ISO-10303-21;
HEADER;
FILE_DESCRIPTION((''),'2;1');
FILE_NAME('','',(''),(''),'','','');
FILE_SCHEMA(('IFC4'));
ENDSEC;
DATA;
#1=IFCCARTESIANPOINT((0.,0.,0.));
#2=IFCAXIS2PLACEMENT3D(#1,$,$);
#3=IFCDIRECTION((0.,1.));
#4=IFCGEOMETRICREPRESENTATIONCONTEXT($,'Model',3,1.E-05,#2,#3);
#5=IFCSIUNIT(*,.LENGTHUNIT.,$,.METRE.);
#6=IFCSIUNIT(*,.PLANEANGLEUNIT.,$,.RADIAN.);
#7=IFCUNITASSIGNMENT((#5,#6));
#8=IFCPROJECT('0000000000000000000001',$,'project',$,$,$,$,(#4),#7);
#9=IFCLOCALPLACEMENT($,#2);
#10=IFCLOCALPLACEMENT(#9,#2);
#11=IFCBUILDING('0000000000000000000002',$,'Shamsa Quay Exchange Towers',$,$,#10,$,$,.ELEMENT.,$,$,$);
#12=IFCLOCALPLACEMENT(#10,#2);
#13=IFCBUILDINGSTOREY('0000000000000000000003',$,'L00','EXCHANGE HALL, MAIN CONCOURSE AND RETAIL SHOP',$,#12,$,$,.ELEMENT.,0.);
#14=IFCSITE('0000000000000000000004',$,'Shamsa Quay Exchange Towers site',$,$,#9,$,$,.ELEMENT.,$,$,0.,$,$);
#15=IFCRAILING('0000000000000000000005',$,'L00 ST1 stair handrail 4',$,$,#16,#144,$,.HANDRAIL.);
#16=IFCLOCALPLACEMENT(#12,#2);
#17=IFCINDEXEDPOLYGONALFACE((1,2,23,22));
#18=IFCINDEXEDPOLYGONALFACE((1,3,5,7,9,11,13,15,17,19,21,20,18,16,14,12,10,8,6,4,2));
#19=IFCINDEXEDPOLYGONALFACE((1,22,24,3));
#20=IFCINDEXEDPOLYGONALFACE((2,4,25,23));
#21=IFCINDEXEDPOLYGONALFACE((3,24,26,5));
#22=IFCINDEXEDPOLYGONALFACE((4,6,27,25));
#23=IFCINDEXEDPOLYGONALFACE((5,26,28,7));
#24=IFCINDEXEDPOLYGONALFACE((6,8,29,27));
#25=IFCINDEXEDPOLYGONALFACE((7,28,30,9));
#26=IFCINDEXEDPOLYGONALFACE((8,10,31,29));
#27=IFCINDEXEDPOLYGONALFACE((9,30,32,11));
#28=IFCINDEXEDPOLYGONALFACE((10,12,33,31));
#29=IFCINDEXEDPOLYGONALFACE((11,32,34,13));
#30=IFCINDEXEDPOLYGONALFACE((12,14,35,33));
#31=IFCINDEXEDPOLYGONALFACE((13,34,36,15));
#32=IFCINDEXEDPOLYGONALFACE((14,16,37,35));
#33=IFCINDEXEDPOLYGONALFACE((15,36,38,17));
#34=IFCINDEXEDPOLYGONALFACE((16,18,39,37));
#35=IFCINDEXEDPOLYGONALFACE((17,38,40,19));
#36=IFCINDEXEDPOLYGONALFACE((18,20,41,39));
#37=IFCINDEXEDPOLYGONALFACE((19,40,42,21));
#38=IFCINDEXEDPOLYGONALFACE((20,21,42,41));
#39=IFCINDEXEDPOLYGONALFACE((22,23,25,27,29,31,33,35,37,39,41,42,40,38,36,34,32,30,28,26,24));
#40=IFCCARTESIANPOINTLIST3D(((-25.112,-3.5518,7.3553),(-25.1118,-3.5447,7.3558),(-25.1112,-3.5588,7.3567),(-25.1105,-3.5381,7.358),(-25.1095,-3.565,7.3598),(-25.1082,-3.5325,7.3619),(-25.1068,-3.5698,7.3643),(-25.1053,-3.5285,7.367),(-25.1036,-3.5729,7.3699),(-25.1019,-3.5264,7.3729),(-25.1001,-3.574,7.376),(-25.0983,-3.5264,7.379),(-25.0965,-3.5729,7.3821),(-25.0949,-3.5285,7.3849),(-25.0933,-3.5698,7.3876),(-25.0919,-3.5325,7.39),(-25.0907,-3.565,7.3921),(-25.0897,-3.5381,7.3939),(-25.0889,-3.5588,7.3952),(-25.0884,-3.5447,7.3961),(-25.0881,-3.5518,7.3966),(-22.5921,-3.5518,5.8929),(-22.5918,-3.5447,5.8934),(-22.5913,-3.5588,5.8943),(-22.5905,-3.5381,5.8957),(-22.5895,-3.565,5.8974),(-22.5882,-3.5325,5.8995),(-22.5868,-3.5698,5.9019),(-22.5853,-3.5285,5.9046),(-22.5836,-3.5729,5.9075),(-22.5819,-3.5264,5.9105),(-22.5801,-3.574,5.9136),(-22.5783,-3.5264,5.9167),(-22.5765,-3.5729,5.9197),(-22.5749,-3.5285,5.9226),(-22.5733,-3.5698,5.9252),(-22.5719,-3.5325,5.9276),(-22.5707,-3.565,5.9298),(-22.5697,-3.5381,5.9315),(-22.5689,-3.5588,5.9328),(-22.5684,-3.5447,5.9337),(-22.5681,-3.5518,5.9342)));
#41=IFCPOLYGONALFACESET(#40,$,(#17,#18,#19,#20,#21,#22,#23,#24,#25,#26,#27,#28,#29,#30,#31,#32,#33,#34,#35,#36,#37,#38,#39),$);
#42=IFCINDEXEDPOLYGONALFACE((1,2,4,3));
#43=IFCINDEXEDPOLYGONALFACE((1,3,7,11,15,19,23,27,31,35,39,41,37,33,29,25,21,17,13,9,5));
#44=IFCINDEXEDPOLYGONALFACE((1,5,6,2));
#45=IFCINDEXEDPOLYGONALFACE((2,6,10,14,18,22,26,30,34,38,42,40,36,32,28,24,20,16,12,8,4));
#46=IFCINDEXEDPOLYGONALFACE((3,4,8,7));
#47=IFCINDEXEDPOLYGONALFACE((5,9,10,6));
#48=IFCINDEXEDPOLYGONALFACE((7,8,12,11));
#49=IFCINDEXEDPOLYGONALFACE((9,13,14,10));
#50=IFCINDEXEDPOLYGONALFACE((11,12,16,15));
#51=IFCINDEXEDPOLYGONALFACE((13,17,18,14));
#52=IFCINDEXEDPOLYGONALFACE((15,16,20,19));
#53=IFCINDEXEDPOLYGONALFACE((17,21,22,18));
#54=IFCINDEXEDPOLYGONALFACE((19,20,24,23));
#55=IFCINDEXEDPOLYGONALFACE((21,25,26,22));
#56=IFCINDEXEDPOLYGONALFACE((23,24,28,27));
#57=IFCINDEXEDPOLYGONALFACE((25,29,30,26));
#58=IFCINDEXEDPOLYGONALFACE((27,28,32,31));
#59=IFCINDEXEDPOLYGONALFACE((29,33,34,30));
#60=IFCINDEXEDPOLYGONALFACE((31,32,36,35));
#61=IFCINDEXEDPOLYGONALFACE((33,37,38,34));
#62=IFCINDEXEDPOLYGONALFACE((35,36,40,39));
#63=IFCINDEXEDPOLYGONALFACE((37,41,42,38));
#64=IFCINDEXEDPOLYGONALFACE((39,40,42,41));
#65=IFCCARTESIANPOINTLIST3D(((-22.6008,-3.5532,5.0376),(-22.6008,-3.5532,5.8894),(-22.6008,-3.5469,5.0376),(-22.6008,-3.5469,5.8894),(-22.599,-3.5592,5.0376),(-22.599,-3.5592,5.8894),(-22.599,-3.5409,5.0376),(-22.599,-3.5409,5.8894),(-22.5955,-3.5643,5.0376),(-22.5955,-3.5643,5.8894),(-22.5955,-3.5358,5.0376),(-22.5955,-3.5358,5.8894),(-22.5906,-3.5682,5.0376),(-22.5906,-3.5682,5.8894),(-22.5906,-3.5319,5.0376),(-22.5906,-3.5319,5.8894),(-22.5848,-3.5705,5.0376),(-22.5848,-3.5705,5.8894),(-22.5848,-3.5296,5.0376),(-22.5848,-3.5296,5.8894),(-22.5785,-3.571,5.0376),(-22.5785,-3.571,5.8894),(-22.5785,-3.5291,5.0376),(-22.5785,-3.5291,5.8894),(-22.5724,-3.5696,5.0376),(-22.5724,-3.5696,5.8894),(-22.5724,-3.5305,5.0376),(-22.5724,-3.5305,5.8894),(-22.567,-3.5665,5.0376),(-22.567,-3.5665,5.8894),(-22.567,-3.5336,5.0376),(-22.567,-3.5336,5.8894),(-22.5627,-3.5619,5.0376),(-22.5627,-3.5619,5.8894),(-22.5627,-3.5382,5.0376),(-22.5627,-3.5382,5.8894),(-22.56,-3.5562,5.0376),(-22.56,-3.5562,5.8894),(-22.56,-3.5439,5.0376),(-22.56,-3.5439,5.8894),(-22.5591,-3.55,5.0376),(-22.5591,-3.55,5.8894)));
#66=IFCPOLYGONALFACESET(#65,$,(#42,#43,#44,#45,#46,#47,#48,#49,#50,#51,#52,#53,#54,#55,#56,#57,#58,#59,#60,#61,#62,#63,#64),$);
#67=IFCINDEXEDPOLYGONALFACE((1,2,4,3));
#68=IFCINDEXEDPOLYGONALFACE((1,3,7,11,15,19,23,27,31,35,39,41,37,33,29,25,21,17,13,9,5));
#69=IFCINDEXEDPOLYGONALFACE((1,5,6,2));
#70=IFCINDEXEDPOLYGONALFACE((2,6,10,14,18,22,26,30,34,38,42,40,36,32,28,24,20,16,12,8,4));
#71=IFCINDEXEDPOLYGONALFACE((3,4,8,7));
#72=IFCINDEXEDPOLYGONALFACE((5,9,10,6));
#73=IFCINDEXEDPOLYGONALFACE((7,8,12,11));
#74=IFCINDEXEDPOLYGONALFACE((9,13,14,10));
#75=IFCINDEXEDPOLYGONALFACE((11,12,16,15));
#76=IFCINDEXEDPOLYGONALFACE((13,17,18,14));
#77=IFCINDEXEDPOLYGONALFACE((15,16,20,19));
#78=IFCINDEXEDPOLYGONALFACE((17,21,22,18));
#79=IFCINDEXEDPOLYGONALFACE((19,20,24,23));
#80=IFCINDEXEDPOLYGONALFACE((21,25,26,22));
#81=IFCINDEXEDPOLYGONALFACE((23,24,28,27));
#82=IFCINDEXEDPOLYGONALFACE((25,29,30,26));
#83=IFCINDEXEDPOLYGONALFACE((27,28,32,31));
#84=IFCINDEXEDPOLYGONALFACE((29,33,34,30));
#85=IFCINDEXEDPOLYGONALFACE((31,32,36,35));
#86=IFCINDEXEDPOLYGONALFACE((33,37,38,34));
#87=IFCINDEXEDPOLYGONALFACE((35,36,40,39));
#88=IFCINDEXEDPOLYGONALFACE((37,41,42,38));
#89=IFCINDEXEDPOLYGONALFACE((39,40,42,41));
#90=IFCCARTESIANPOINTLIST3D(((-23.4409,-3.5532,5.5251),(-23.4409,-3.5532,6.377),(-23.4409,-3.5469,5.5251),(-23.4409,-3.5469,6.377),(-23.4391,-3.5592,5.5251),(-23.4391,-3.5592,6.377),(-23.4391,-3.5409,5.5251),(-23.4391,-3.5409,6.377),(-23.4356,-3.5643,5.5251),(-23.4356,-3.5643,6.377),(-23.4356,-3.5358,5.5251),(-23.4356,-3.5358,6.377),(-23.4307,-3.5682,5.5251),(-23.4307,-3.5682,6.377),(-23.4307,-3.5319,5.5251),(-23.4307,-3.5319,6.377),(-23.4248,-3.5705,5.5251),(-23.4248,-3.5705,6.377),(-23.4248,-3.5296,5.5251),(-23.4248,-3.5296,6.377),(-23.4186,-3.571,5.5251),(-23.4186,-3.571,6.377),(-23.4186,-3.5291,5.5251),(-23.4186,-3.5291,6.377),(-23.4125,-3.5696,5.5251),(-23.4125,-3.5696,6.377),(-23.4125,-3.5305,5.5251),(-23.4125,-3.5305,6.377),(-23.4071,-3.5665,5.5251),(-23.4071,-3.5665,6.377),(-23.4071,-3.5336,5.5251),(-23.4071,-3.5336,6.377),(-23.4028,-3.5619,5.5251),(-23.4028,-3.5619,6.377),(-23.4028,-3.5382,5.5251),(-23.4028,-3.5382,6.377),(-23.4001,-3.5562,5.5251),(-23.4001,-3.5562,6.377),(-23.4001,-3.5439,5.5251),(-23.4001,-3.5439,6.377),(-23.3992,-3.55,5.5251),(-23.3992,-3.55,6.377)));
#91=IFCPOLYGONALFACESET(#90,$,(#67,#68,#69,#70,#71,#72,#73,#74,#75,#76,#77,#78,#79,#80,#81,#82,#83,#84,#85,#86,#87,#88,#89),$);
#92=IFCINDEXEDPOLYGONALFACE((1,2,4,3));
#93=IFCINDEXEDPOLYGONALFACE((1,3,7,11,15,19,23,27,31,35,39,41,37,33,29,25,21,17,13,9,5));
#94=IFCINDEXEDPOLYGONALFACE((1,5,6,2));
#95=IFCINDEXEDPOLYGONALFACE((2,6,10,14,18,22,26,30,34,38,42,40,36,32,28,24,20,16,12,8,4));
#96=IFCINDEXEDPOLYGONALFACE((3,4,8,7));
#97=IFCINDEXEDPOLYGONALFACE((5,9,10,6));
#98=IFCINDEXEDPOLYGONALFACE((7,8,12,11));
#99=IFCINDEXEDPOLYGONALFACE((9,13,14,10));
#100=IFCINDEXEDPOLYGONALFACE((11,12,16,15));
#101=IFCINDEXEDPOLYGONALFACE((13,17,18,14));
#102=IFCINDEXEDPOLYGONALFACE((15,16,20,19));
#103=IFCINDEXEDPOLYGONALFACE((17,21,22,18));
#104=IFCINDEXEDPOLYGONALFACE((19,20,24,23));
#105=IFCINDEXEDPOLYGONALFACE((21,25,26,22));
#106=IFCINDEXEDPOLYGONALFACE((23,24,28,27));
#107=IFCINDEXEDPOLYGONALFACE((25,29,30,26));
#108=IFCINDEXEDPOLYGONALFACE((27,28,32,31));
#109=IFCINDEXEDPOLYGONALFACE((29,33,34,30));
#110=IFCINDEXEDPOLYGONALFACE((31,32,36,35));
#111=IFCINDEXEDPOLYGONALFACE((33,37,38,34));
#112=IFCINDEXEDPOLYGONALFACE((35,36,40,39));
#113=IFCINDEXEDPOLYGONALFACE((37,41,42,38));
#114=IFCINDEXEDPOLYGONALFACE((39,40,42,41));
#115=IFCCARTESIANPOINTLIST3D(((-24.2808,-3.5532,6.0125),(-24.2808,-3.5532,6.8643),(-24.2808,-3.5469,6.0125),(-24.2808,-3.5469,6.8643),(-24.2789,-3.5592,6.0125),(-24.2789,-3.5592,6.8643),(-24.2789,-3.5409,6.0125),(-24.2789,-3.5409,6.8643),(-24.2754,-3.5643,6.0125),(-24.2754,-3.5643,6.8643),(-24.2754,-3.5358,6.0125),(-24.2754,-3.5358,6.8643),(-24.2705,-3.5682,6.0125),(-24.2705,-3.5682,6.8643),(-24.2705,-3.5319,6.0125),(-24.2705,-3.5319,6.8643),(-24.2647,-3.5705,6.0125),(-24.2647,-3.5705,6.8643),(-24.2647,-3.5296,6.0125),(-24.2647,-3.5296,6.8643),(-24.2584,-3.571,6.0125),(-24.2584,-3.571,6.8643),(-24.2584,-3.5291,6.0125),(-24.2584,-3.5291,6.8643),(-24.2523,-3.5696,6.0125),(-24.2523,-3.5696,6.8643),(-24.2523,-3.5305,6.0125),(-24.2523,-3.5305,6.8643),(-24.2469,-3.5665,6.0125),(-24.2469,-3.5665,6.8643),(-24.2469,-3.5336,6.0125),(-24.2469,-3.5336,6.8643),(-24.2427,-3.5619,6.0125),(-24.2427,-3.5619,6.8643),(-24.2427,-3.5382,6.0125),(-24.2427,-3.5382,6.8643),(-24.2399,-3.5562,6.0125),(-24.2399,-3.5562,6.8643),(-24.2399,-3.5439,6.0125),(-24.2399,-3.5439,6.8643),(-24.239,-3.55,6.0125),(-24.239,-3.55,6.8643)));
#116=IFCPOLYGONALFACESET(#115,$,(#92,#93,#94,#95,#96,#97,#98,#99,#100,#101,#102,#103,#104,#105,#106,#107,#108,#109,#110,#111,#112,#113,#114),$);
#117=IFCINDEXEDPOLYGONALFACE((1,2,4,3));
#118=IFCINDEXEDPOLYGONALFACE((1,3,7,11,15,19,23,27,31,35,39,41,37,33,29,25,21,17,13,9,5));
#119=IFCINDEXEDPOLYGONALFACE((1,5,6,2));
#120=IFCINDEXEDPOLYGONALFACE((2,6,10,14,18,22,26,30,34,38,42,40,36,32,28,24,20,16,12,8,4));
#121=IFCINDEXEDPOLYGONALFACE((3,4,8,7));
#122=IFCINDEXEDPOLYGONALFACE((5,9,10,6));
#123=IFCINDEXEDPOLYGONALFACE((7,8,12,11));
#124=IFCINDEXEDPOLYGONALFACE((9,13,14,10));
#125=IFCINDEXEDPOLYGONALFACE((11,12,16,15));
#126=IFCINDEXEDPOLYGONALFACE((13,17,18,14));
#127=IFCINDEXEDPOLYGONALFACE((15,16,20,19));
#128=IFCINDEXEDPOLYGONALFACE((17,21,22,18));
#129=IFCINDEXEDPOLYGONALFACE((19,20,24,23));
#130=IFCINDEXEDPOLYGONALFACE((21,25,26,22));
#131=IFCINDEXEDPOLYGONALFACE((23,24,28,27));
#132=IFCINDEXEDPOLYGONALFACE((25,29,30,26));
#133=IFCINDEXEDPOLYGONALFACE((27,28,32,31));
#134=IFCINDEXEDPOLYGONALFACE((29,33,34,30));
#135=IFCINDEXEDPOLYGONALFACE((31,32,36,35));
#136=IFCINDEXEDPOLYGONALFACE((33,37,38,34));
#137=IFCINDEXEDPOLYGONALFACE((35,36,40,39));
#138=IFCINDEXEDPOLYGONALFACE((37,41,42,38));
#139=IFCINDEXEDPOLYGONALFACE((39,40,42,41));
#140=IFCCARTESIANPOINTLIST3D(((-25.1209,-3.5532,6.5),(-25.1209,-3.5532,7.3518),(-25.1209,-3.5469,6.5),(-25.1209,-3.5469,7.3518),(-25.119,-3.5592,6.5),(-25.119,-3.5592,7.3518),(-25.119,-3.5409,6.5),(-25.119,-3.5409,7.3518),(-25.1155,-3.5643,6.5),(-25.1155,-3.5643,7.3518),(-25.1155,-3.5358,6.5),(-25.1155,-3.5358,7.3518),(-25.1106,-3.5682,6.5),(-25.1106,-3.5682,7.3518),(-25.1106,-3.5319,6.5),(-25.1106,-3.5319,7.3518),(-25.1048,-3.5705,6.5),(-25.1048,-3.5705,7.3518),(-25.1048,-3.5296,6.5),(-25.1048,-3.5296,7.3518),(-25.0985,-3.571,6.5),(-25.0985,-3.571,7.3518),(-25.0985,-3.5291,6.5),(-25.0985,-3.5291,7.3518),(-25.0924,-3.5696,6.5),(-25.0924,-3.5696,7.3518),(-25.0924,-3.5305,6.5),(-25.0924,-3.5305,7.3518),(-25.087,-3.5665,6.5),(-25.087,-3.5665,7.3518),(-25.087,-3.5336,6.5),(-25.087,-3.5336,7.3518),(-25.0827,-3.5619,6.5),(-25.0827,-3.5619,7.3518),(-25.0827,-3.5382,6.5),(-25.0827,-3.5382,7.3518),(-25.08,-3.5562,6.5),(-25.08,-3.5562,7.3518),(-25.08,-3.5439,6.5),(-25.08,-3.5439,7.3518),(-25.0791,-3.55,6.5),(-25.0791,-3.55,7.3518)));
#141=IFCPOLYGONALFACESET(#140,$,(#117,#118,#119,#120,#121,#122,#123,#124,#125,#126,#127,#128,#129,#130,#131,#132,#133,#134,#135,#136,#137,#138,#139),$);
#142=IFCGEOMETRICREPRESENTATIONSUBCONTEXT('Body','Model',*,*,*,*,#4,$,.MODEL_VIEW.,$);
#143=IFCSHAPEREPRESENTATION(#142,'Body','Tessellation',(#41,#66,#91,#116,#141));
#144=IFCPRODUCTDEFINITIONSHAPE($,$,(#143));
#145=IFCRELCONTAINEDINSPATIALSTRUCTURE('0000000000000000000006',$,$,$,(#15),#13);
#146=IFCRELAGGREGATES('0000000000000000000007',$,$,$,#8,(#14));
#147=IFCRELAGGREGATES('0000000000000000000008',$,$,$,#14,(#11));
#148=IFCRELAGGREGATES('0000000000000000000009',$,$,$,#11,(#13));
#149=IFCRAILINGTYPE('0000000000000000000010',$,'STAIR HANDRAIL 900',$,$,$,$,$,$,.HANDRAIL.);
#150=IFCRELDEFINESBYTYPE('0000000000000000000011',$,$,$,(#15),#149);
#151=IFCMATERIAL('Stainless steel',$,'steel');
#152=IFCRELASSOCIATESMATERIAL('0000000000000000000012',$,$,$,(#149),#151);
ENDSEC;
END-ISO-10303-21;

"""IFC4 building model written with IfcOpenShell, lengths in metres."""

from ifc_helpers import new_model, si_unit, direction, frame, origin, origin_2d, place, context, subcontext, project, spatial, circle, extrude, material, type_object, element, save


model = new_model("IFC4")

# Units and contexts
model_context = context("Model", 3, precision=1e-05, world=origin(), true_north=direction((0.0, 1.0)))
body_context = subcontext(model_context, "Body", "Model", "MODEL_VIEW")
ifc_project = project(units=[si_unit("LENGTHUNIT", "METRE"), si_unit("PLANEANGLEUNIT", "RADIAN")], contexts=[model_context])

# Site, building, storey
site_placement = place(None, origin())
site = spatial("IfcSite", under=ifc_project, at=site_placement, Name="Shamsa Quay Exchange Towers site", CompositionType="ELEMENT", RefElevation=0.0)
building_placement = place(site_placement, origin())
building = spatial("IfcBuilding", under=site, at=building_placement, Name="Shamsa Quay Exchange Towers", CompositionType="ELEMENT")
storey_placement = place(building_placement, origin())
storey = spatial("IfcBuildingStorey", under=building, at=storey_placement, Name="L00", Description="EXCHANGE HALL, MAIN CONCOURSE AND RETAIL SHOP", CompositionType="ELEMENT", Elevation=0.0)

# Railing
ifc_material_1 = material(Name="Stainless steel", Category="steel")
railing_type_1 = type_object("IfcRailingType", Name="STAIR HANDRAIL 900", PredefinedType="HANDRAIL", material=ifc_material_1)
for number, where, name in (
    (1, (-22.5801, -3.55, 5.0376), "L00 ST1 stair handrail 4"),
):
    element("IfcRailing", number, at=place(storey_placement, frame(where)), inside=storey, type_object=railing_type_1, Name=name, PredefinedType="HANDRAIL", context=body_context, shape_type="SweptSolid", body=[
        extrude(circle(Radius=0.0239, at=origin_2d()), frame((0.0, 0.0, 0.876), z_axis=(-0.864913, 0.0, 0.501921), x_axis=(0.0, -1.0, 0.0)), (0.0, 0.0, 1.0), 2.9136),
        extrude(circle(Radius=0.021, at=origin_2d()), origin(), (0.0, 0.0, 1.0), 0.8518),
        extrude(circle(Radius=0.021, at=origin_2d()), frame((-0.8401, 0.0, 0.4875)), (0.0, 0.0, 1.0), 0.8518),
        extrude(circle(Radius=0.021, at=origin_2d()), frame((-1.6799, 0.0, 0.9749)), (0.0, 0.0, 1.0), 0.8518),
        extrude(circle(Radius=0.021, at=origin_2d()), frame((-2.52, 0.0, 1.4624)), (0.0, 0.0, 1.0), 0.8518),
    ])

save(model, "model.ifc")
